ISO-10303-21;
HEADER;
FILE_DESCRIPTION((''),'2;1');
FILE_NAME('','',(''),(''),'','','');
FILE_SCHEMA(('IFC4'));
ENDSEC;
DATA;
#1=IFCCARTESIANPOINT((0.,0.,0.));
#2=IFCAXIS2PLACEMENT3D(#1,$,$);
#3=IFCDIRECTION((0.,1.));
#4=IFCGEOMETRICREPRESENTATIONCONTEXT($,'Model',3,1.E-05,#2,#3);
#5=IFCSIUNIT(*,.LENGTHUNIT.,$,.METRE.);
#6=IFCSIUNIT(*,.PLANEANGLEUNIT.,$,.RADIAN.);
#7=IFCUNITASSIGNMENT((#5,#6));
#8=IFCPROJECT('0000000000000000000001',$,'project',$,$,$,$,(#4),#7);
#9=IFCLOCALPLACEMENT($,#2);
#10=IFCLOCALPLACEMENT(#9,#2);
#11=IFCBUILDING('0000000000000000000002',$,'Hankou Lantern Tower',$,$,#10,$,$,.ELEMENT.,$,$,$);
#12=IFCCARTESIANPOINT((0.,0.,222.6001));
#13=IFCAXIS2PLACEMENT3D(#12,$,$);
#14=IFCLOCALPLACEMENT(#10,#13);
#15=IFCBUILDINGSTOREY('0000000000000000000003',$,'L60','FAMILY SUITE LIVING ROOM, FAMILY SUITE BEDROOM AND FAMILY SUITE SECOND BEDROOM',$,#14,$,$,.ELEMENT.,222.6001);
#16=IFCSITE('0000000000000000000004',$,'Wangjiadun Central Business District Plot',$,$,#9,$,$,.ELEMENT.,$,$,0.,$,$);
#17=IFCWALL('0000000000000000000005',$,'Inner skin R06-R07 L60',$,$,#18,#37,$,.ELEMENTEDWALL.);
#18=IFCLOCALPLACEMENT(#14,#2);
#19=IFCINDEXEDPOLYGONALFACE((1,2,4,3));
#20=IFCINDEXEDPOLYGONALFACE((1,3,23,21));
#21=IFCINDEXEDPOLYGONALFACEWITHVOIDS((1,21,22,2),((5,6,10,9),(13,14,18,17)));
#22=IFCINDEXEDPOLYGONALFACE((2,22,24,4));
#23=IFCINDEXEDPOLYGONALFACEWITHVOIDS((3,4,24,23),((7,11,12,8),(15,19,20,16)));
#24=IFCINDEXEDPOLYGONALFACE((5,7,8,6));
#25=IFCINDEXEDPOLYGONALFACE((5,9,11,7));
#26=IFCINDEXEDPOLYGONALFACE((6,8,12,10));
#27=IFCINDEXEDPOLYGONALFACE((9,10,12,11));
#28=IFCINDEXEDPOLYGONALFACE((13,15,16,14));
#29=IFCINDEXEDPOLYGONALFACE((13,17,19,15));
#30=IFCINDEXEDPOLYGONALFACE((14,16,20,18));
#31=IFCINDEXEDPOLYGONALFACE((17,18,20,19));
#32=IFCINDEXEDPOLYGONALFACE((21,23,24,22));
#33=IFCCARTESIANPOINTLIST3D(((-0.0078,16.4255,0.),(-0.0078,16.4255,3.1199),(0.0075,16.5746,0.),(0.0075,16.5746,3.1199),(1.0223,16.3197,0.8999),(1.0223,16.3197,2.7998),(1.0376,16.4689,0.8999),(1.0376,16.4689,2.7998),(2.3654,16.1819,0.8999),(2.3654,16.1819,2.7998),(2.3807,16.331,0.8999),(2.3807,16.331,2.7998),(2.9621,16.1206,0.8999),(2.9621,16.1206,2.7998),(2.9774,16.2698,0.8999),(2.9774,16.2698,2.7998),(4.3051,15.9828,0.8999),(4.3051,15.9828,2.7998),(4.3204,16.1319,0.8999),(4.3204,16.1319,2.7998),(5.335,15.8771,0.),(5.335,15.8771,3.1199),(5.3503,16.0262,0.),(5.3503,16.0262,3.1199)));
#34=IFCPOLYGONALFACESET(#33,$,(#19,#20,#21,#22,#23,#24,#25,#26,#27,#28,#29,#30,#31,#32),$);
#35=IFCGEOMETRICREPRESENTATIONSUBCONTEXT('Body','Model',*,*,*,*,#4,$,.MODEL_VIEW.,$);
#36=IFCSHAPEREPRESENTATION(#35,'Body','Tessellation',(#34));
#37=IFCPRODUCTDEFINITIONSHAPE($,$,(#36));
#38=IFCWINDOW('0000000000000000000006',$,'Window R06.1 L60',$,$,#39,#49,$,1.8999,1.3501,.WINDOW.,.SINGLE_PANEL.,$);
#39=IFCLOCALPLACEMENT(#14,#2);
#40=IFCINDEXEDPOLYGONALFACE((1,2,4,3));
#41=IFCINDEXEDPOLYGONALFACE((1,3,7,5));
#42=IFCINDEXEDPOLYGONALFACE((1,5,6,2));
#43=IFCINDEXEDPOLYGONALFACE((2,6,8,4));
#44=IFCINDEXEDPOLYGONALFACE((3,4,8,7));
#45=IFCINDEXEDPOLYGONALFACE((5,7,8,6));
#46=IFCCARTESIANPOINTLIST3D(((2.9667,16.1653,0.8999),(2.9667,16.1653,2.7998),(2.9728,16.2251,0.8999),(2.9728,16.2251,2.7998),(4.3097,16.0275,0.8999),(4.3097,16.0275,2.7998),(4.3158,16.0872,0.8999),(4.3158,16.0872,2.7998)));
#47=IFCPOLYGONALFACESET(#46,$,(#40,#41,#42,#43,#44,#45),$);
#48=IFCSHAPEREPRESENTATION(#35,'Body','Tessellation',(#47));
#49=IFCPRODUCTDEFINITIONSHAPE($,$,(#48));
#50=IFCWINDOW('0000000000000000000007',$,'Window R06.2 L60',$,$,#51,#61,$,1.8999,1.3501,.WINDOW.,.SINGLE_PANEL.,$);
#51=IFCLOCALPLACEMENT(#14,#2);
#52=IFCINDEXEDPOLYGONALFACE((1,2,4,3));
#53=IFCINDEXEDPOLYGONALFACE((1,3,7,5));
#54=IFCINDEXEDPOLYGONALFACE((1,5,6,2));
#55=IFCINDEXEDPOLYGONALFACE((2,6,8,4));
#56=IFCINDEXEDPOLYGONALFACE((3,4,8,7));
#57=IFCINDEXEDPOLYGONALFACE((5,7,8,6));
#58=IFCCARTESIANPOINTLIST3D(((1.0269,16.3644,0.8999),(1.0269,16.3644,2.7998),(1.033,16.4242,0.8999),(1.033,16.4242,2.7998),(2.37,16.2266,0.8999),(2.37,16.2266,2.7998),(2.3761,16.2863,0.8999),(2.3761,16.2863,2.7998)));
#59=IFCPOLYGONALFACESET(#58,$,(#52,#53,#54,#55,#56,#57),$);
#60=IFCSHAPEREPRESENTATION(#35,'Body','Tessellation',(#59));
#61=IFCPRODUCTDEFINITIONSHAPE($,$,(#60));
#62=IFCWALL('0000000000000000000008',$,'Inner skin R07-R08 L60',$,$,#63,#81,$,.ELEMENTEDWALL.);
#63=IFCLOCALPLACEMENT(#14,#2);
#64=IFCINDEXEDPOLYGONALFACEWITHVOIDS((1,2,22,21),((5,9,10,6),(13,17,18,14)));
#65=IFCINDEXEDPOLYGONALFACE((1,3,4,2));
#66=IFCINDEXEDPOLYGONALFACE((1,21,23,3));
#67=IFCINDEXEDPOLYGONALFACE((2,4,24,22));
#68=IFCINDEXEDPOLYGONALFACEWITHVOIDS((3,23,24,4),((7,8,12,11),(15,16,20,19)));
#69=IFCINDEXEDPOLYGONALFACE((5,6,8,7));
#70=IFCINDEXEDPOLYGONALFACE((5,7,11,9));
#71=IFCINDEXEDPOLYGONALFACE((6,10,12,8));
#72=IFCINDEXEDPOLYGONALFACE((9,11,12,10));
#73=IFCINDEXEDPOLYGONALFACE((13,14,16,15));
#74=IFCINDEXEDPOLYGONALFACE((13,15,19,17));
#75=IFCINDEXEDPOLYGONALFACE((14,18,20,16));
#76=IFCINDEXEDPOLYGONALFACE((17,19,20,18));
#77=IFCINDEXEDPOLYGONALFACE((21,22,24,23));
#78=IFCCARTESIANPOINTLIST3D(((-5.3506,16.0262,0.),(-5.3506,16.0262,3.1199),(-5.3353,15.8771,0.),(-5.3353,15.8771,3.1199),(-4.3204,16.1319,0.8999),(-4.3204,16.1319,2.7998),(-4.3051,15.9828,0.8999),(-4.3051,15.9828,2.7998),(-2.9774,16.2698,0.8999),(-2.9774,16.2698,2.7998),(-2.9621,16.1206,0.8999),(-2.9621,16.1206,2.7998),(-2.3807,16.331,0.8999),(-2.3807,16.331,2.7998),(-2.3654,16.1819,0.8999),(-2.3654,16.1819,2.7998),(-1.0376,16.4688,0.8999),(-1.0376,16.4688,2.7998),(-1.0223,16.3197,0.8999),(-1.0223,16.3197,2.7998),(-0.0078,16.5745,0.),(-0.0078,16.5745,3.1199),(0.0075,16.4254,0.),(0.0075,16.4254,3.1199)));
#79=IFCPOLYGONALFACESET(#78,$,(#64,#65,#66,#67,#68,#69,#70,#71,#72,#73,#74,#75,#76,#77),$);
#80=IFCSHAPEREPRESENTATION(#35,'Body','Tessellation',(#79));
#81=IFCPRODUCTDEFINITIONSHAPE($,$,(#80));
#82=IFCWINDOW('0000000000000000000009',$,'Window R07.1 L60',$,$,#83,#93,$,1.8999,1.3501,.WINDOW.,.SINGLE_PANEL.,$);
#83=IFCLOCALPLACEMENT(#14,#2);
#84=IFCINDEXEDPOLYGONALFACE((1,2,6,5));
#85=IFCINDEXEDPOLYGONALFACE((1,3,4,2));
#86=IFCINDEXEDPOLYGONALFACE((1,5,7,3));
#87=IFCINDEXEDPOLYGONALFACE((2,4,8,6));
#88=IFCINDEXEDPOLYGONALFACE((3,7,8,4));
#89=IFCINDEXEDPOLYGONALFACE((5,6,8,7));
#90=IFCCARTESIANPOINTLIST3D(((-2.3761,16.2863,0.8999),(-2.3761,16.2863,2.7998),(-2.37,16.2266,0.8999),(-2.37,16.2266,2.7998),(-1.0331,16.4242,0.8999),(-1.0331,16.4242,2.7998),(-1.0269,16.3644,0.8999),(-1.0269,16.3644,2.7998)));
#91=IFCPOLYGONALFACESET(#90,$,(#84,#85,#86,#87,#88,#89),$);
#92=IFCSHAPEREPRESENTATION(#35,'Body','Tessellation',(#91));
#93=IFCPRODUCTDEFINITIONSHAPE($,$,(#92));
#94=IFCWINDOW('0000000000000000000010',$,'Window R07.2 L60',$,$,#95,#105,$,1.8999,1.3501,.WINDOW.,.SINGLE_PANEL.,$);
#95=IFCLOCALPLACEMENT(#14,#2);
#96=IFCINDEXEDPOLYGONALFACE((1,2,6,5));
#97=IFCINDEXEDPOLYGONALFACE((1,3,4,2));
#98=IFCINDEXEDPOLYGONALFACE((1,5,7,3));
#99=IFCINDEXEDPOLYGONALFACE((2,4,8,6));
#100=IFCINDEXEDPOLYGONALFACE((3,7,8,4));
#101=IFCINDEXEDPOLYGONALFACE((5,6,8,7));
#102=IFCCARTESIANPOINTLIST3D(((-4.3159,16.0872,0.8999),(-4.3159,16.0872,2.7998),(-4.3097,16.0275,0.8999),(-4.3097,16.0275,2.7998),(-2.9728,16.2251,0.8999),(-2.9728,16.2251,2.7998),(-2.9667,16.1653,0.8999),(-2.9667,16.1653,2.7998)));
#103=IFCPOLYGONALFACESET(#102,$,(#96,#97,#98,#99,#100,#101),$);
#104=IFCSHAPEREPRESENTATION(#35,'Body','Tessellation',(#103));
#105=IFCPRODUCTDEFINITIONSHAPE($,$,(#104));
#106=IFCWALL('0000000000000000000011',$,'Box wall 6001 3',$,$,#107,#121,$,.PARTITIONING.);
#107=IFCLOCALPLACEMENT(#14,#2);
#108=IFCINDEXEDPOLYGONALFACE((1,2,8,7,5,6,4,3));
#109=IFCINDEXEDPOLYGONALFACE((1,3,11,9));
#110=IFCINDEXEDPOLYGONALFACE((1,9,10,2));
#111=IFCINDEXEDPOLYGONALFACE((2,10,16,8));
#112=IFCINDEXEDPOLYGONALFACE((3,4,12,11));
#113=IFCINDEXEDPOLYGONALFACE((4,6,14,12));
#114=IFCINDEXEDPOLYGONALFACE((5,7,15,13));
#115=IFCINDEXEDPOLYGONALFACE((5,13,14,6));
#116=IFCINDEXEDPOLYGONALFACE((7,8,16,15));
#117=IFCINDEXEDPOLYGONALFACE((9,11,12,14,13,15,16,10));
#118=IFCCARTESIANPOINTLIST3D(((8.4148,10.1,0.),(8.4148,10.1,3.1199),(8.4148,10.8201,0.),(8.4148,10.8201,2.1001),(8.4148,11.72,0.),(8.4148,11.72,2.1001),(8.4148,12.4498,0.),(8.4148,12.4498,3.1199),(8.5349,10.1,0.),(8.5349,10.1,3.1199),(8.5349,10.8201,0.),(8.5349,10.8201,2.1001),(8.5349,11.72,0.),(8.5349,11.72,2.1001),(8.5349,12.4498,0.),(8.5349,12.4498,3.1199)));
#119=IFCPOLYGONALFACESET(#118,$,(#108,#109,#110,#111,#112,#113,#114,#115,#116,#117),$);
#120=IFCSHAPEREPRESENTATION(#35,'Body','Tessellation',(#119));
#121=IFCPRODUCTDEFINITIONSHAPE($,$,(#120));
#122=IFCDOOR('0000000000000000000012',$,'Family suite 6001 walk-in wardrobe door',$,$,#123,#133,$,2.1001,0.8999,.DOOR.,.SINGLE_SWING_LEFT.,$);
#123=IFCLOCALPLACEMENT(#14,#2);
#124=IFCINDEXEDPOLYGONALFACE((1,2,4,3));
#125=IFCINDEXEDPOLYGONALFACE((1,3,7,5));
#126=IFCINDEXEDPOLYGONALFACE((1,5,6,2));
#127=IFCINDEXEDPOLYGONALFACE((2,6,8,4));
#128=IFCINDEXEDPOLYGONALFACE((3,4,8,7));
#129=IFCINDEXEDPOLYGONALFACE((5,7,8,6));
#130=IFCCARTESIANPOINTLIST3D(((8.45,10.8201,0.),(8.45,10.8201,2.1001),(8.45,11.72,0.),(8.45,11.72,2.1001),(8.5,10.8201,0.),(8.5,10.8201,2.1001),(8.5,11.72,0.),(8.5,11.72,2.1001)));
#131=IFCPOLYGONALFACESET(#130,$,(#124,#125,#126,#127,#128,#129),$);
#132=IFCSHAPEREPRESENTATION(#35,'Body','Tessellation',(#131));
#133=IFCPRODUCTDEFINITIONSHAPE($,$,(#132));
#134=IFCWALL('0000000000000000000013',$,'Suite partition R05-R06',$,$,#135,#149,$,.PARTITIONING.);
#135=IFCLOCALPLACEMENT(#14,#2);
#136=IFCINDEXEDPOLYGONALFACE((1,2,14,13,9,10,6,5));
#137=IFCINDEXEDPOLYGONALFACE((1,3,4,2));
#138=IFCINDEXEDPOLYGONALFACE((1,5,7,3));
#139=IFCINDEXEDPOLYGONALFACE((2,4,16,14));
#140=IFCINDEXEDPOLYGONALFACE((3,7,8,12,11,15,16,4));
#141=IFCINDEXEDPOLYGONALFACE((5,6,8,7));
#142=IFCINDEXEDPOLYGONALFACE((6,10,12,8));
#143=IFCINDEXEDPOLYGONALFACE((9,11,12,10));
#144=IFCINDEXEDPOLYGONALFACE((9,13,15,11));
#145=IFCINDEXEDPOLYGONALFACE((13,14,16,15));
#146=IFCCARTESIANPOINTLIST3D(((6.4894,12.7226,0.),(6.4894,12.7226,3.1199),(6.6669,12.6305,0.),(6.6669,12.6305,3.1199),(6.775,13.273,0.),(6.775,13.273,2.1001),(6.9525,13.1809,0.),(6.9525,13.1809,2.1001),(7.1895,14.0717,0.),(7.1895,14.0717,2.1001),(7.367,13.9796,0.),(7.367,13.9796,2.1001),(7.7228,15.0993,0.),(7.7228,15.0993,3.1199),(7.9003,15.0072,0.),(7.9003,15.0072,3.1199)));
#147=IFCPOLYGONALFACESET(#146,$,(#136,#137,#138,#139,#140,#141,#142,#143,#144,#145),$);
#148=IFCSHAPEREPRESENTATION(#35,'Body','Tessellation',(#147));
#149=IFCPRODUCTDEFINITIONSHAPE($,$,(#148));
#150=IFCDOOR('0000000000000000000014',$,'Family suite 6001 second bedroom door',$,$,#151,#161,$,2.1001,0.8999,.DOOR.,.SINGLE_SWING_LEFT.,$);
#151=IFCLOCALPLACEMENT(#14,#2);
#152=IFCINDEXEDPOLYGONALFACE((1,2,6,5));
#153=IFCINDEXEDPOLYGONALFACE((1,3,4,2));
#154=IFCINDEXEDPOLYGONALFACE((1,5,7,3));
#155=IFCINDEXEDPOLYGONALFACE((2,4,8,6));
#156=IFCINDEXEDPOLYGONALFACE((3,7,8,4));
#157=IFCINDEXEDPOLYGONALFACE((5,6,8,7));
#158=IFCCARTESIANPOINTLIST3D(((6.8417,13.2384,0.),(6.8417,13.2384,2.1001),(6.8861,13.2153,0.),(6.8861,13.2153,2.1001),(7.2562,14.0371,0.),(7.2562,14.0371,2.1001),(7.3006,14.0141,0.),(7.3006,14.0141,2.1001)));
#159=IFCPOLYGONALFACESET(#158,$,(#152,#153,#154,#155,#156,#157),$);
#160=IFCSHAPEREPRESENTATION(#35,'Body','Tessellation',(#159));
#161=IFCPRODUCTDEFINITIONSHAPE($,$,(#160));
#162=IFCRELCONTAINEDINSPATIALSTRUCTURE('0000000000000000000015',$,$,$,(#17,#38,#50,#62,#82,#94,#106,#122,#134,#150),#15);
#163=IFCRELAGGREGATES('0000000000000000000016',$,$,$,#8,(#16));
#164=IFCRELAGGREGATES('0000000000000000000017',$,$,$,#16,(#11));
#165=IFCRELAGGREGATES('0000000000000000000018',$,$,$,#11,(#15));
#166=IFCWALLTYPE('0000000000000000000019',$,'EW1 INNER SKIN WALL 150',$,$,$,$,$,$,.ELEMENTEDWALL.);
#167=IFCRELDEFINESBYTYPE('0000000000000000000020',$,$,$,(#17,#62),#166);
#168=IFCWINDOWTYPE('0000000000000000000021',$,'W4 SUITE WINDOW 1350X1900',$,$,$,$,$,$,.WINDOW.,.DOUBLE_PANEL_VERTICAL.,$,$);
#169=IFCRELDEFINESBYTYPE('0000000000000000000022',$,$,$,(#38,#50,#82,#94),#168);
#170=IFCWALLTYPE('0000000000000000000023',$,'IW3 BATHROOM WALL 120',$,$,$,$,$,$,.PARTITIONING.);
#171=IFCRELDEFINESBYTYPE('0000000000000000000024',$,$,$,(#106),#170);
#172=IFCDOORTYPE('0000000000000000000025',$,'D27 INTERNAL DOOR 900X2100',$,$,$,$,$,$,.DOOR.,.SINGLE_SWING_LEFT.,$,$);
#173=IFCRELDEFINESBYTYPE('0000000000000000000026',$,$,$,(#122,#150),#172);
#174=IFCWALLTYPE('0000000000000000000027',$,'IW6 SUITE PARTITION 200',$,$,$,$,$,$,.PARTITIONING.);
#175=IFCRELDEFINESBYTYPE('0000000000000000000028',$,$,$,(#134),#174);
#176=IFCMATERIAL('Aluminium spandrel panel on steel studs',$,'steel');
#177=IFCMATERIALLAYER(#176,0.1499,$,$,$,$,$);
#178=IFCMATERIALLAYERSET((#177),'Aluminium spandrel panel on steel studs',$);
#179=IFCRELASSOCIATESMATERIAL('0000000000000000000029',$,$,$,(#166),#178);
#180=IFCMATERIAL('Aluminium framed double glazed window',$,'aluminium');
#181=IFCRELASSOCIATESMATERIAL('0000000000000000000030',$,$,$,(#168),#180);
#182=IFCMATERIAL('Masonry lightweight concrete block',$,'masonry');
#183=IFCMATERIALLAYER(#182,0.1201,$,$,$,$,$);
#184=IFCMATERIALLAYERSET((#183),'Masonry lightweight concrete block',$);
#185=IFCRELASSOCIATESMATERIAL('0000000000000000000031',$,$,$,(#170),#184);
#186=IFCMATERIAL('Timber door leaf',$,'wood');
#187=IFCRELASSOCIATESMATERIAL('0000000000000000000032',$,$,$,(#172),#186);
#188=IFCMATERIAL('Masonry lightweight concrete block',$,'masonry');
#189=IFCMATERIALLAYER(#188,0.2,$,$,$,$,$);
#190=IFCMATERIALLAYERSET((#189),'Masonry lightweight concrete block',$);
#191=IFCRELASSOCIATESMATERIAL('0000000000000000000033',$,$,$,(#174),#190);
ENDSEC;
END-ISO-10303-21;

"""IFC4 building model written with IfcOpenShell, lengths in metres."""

from ifc_helpers import new_model, si_unit, direction, frame, frame_2d, origin, place, context, subcontext, project, spatial, rectangle, extrude, material, layer, layer_set, type_object, element, fill, save


model = new_model("IFC4")

# Units and contexts
model_context = context("Model", 3, precision=1e-05, world=origin(), true_north=direction((0.0, 1.0)))
body_context = subcontext(model_context, "Body", "Model", "MODEL_VIEW")
ifc_project = project(units=[si_unit("LENGTHUNIT", "METRE"), si_unit("PLANEANGLEUNIT", "RADIAN")], contexts=[model_context])

# Site, building, storey
site_placement = place(None, origin())
site = spatial("IfcSite", under=ifc_project, at=site_placement, Name="Wangjiadun Central Business District Plot", CompositionType="ELEMENT", RefElevation=0.0)
building_placement = place(site_placement, origin())
building = spatial("IfcBuilding", under=site, at=building_placement, Name="Hankou Lantern Tower", CompositionType="ELEMENT")
storey_placement = place(building_placement, frame((0.0, 0.0, 222.6001)))
storey = spatial("IfcBuildingStorey", under=building, at=storey_placement, Name="L60", Description="FAMILY SUITE LIVING ROOM, FAMILY SUITE BEDROOM AND FAMILY SUITE SECOND BEDROOM", CompositionType="ELEMENT", Elevation=222.6001)

# Walls, openings, windows
ifc_material_1 = material(Name="Aluminium spandrel panel on steel studs", Category="steel")
ifc_layer_1 = layer(ifc_material_1, 0.1499)
ifc_layer_set_1 = layer_set([ifc_layer_1], Name="Aluminium spandrel panel on steel studs")
wall_type_1 = type_object("IfcWallType", Name="EW1 INNER SKIN WALL 150", PredefinedType="ELEMENTEDWALL", material=ifc_layer_set_1)
wall_1_placement = place(storey_placement, frame((5.3428, 15.9517, 0.0), z_axis=(0.0, 0.0, 1.0), x_axis=(-0.994775, 0.102096, 0.0)))
wall_1 = element("IfcWall", 1, at=wall_1_placement, inside=storey, type_object=wall_type_1, Name="Inner skin R06-R07 L60", PredefinedType="ELEMENTEDWALL", context=body_context, shape_type="SweptSolid", body=[
    extrude(rectangle(XDim=5.3708, YDim=0.1499, at=frame_2d((2.6855, 0.0))), origin(), (0.0, 0.0, 1.0), 3.1199),
])
opening_1_placement = place(wall_1_placement, frame((1.0354, 0.0, 0.8999)))
opening_1 = element("IfcOpeningElement", 2, at=opening_1_placement, cuts=wall_1, PredefinedType="OPENING", context=body_context, shape_type="SweptSolid", body=[
    extrude(rectangle(XDim=1.3501, YDim=1.8999, at=frame_2d((0.675, 0.95))), frame((0.0, 0.085, 0.0), z_axis=(0.0, -1.0, 0.0), x_axis=(1.0, 0.0, 0.0)), (0.0, 0.0, 1.0), 0.1699),
])
opening_2_placement = place(wall_1_placement, frame((2.9854, 0.0, 0.8999)))
opening_2 = element("IfcOpeningElement", 3, at=opening_2_placement, cuts=wall_1, PredefinedType="OPENING", context=body_context, shape_type="SweptSolid", body=[
    extrude(rectangle(XDim=1.3501, YDim=1.8999, at=frame_2d((0.675, 0.95))), frame((0.0, 0.085, 0.0), z_axis=(0.0, -1.0, 0.0), x_axis=(1.0, 0.0, 0.0)), (0.0, 0.0, 1.0), 0.1699),
])
ifc_material_2 = material(Name="Aluminium framed double glazed window", Category="aluminium")
window_type = type_object("IfcWindowType", Name="W4 SUITE WINDOW 1350X1900", PartitioningType="DOUBLE_PANEL_VERTICAL", PredefinedType="WINDOW", material=ifc_material_2)
window_1_placement = place(opening_1_placement, origin())
window_1 = element("IfcWindow", 4, at=window_1_placement, inside=storey, type_object=window_type, Name="Window R06.1 L60", OverallHeight=1.8999, OverallWidth=1.3501, PartitioningType="SINGLE_PANEL", PredefinedType="WINDOW", context=body_context, shape_type="SweptSolid", body=[
    extrude(rectangle(XDim=1.3501, YDim=1.8999, at=frame_2d((0.675, 0.95))), frame((0.0, 0.03, 0.0), z_axis=(0.0, -1.0, 0.0), x_axis=(1.0, 0.0, 0.0)), (0.0, 0.0, 1.0), 0.0601),
])
fill(opening_1, window_1)
window_2_placement = place(opening_2_placement, origin())
window_2 = element("IfcWindow", 5, at=window_2_placement, inside=storey, type_object=window_type, Name="Window R06.2 L60", OverallHeight=1.8999, OverallWidth=1.3501, PartitioningType="SINGLE_PANEL", PredefinedType="WINDOW", context=body_context, shape_type="SweptSolid", body=[
    extrude(rectangle(XDim=1.3501, YDim=1.8999, at=frame_2d((0.675, 0.95))), frame((0.0, 0.03, 0.0), z_axis=(0.0, -1.0, 0.0), x_axis=(1.0, 0.0, 0.0)), (0.0, 0.0, 1.0), 0.0601),
])
fill(opening_2, window_2)
wall_2_placement = place(storey_placement, frame((0.0, 16.5, 0.0), z_axis=(0.0, 0.0, 1.0), x_axis=(-0.994775, -0.102096, 0.0)))
wall_2 = element("IfcWall", 6, at=wall_2_placement, inside=storey, type_object=wall_type_1, Name="Inner skin R07-R08 L60", PredefinedType="ELEMENTEDWALL", context=body_context, shape_type="SweptSolid", body=[
    extrude(rectangle(XDim=5.3708, YDim=0.1499, at=frame_2d((2.6855, 0.0))), origin(), (0.0, 0.0, 1.0), 3.1199),
])
opening_3_placement = place(wall_2_placement, frame((1.0354, 0.0, 0.8999)))
opening_3 = element("IfcOpeningElement", 7, at=opening_3_placement, cuts=wall_2, PredefinedType="OPENING", context=body_context, shape_type="SweptSolid", body=[
    extrude(rectangle(XDim=1.3501, YDim=1.8999, at=frame_2d((0.675, 0.95))), frame((0.0, 0.085, 0.0), z_axis=(0.0, -1.0, 0.0), x_axis=(1.0, 0.0, 0.0)), (0.0, 0.0, 1.0), 0.1699),
])
opening_4_placement = place(wall_2_placement, frame((2.9854, 0.0, 0.8999)))
opening_4 = element("IfcOpeningElement", 8, at=opening_4_placement, cuts=wall_2, PredefinedType="OPENING", context=body_context, shape_type="SweptSolid", body=[
    extrude(rectangle(XDim=1.3501, YDim=1.8999, at=frame_2d((0.675, 0.95))), frame((0.0, 0.085, 0.0), z_axis=(0.0, -1.0, 0.0), x_axis=(1.0, 0.0, 0.0)), (0.0, 0.0, 1.0), 0.1699),
])
window_3_placement = place(opening_3_placement, origin())
window_3 = element("IfcWindow", 9, at=window_3_placement, inside=storey, type_object=window_type, Name="Window R07.1 L60", OverallHeight=1.8999, OverallWidth=1.3501, PartitioningType="SINGLE_PANEL", PredefinedType="WINDOW", context=body_context, shape_type="SweptSolid", body=[
    extrude(rectangle(XDim=1.3501, YDim=1.8999, at=frame_2d((0.675, 0.95))), frame((0.0, 0.03, 0.0), z_axis=(0.0, -1.0, 0.0), x_axis=(1.0, 0.0, 0.0)), (0.0, 0.0, 1.0), 0.0601),
])
fill(opening_3, window_3)
window_4_placement = place(opening_4_placement, origin())
window_4 = element("IfcWindow", 10, at=window_4_placement, inside=storey, type_object=window_type, Name="Window R07.2 L60", OverallHeight=1.8999, OverallWidth=1.3501, PartitioningType="SINGLE_PANEL", PredefinedType="WINDOW", context=body_context, shape_type="SweptSolid", body=[
    extrude(rectangle(XDim=1.3501, YDim=1.8999, at=frame_2d((0.675, 0.95))), frame((0.0, 0.03, 0.0), z_axis=(0.0, -1.0, 0.0), x_axis=(1.0, 0.0, 0.0)), (0.0, 0.0, 1.0), 0.0601),
])
fill(opening_4, window_4)

# Walls, openings, doors
ifc_material_3 = material(Name="Masonry lightweight concrete block", Category="masonry")
ifc_layer_2 = layer(ifc_material_3, 0.1201)
ifc_layer_set_2 = layer_set([ifc_layer_2], Name="Masonry lightweight concrete block")
wall_type_2 = type_object("IfcWallType", Name="IW3 BATHROOM WALL 120", PredefinedType="PARTITIONING", material=ifc_layer_set_2)
wall_3_placement = place(storey_placement, frame((8.4749, 10.1001, 0.0), z_axis=(0.0, 0.0, 1.0), x_axis=(0.0, 1.0, 0.0)))
wall_3 = element("IfcWall", 11, at=wall_3_placement, inside=storey, type_object=wall_type_2, Name="Box wall 6001 3", PredefinedType="PARTITIONING", context=body_context, shape_type="SweptSolid", body=[
    extrude(rectangle(XDim=2.3499, YDim=0.1201, at=frame_2d((1.1748, 0.0))), origin(), (0.0, 0.0, 1.0), 3.1199),
])
opening_5_placement = place(wall_3_placement, frame((0.72, 0.0, 0.0)))
opening_5 = element("IfcOpeningElement", 12, at=opening_5_placement, cuts=wall_3, PredefinedType="OPENING", context=body_context, shape_type="SweptSolid", body=[
    extrude(rectangle(XDim=0.8999, YDim=2.1001, at=frame_2d((0.45, 1.05))), frame((0.0, 0.0701, 0.0), z_axis=(0.0, -1.0, 0.0), x_axis=(1.0, 0.0, 0.0)), (0.0, 0.0, 1.0), 0.1401),
])
ifc_material_4 = material(Name="Timber door leaf", Category="wood")
door_type_1 = type_object("IfcDoorType", Name="D27 INTERNAL DOOR 900X2100", OperationType="SINGLE_SWING_LEFT", PredefinedType="DOOR", material=ifc_material_4)
door_1_placement = place(opening_5_placement, origin())
door_1 = element("IfcDoor", 13, at=door_1_placement, inside=storey, type_object=door_type_1, Name="Family suite 6001 walk-in wardrobe door", OperationType="SINGLE_SWING_LEFT", OverallHeight=2.1001, OverallWidth=0.8999, PredefinedType="DOOR", context=body_context, shape_type="SweptSolid", body=[
    extrude(rectangle(XDim=0.8999, YDim=2.1001, at=frame_2d((0.45, 1.05))), frame((0.0, 0.0249, 0.0), z_axis=(0.0, -1.0, 0.0), x_axis=(1.0, 0.0, 0.0)), (0.0, 0.0, 1.0), 0.05),
])
fill(opening_5, door_1)
ifc_material_5 = material(Name="Masonry lightweight concrete block", Category="masonry")
ifc_layer_3 = layer(ifc_material_5, 0.2)
ifc_layer_set_3 = layer_set([ifc_layer_3], Name="Masonry lightweight concrete block")
wall_type_3 = type_object("IfcWallType", Name="IW6 SUITE PARTITION 200", PredefinedType="PARTITIONING", material=ifc_layer_set_3)
wall_4_placement = place(storey_placement, frame((6.5781, 12.6765, 0.0), z_axis=(0.0, 0.0, 1.0), x_axis=(0.460621, 0.887597, 0.0)))
wall_4 = element("IfcWall", 14, at=wall_4_placement, inside=storey, type_object=wall_type_3, Name="Suite partition R05-R06", PredefinedType="PARTITIONING", context=body_context, shape_type="SweptSolid", body=[
    extrude(rectangle(XDim=2.6777, YDim=0.2, at=frame_2d((1.3389, 0.0))), origin(), (0.0, 0.0, 1.0), 3.1199),
])
opening_6_placement = place(wall_4_placement, frame((0.6201, 0.0, 0.0)))
opening_6 = element("IfcOpeningElement", 15, at=opening_6_placement, cuts=wall_4, PredefinedType="OPENING", context=body_context, shape_type="SweptSolid", body=[
    extrude(rectangle(XDim=0.8999, YDim=2.1001, at=frame_2d((0.45, 1.05))), frame((0.0, 0.1099, 0.0), z_axis=(0.0, -1.0, 0.0), x_axis=(1.0, 0.0, 0.0)), (0.0, 0.0, 1.0), 0.22),
])
door_2_placement = place(opening_6_placement, origin())
door_2 = element("IfcDoor", 16, at=door_2_placement, inside=storey, type_object=door_type_1, Name="Family suite 6001 second bedroom door", OperationType="SINGLE_SWING_LEFT", OverallHeight=2.1001, OverallWidth=0.8999, PredefinedType="DOOR", context=body_context, shape_type="SweptSolid", body=[
    extrude(rectangle(XDim=0.8999, YDim=2.1001, at=frame_2d((0.45, 1.05))), frame((0.0, 0.0249, 0.0), z_axis=(0.0, -1.0, 0.0), x_axis=(1.0, 0.0, 0.0)), (0.0, 0.0, 1.0), 0.05),
])
fill(opening_6, door_2)

save(model, "model.ifc")
